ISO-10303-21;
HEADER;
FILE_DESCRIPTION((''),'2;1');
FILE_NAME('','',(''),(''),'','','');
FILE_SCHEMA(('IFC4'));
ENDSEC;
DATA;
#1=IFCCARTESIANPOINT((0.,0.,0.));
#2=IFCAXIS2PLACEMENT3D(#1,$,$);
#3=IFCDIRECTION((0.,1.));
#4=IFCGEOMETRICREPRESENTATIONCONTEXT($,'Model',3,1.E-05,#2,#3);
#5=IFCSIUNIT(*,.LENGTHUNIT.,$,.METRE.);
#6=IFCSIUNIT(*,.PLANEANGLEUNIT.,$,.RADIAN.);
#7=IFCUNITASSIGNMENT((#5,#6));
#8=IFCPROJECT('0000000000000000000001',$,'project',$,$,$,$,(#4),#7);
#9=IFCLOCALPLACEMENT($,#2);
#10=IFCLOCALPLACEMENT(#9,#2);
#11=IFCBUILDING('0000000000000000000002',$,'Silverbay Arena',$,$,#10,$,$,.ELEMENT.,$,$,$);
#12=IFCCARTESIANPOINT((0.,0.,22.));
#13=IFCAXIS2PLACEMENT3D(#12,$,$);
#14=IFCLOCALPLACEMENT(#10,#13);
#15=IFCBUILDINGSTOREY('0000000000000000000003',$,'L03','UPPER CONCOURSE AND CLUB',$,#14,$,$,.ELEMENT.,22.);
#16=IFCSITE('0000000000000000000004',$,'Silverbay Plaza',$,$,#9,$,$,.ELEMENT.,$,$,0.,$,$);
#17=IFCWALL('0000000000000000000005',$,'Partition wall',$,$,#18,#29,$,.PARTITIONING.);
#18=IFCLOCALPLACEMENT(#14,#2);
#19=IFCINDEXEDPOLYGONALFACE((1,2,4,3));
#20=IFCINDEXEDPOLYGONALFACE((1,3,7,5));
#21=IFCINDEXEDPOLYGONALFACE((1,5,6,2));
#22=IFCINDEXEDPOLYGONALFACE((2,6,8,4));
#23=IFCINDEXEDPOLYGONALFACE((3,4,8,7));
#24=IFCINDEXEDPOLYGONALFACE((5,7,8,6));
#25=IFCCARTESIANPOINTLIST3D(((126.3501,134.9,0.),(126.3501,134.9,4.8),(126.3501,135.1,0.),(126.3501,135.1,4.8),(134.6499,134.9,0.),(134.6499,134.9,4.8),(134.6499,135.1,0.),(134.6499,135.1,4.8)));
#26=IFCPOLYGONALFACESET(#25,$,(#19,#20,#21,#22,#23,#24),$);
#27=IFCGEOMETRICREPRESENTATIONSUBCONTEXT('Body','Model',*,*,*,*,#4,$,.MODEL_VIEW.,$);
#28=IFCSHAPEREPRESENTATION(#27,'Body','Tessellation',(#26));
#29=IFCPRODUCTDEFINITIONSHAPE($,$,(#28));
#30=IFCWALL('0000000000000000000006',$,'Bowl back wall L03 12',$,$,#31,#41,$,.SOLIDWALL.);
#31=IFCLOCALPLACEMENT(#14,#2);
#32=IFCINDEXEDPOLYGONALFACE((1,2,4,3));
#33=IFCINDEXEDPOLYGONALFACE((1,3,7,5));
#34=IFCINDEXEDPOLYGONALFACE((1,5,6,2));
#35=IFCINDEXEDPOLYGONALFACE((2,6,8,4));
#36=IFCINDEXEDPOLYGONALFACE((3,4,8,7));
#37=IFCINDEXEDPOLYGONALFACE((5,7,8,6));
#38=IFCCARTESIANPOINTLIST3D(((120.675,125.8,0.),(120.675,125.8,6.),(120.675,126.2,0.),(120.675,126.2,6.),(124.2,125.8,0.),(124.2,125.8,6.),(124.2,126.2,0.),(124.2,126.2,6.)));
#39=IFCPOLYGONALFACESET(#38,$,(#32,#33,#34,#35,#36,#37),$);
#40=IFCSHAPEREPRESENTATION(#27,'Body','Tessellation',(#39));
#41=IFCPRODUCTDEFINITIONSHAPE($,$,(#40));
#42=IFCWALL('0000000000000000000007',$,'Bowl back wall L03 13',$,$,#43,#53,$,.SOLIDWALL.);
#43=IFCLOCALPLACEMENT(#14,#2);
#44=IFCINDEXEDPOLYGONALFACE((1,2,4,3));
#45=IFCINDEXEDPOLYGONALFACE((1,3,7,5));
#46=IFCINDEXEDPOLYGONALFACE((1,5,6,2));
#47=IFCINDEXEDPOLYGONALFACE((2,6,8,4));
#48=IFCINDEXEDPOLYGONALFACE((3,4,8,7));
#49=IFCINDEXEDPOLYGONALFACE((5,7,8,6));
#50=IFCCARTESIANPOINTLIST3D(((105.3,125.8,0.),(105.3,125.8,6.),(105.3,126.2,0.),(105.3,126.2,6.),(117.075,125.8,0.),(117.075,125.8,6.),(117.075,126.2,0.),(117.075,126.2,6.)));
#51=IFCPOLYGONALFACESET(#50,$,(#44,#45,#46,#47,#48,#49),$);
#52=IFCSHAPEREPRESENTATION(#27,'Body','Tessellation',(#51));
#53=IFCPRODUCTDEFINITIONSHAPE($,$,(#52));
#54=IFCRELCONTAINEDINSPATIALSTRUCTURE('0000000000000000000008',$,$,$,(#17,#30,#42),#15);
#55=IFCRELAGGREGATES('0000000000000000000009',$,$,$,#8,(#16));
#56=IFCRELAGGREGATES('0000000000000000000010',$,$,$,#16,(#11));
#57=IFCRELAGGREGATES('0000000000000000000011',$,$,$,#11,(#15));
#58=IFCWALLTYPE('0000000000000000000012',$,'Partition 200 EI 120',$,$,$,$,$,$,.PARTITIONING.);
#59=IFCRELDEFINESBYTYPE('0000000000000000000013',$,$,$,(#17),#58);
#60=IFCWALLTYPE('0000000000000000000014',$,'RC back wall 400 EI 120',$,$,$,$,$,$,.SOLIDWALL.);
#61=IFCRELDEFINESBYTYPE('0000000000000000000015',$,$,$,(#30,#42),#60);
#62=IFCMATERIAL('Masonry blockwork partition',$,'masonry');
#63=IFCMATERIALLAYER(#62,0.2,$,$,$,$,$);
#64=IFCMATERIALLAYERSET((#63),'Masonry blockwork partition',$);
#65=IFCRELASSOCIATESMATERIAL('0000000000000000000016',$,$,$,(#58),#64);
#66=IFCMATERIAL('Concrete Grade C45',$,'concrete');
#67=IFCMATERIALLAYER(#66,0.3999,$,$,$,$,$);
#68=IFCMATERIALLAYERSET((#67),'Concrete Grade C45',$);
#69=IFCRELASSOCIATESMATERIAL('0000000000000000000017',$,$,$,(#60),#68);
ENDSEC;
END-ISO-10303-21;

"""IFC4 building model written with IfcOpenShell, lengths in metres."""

from ifc_helpers import new_model, si_unit, direction, frame, frame_2d, origin, place, context, subcontext, project, spatial, rectangle, extrude, material, layer, layer_set, type_object, element, save


model = new_model("IFC4")

# Units and contexts
model_context = context("Model", 3, precision=1e-05, world=origin(), true_north=direction((0.0, 1.0)))
body_context = subcontext(model_context, "Body", "Model", "MODEL_VIEW")
ifc_project = project(units=[si_unit("LENGTHUNIT", "METRE"), si_unit("PLANEANGLEUNIT", "RADIAN")], contexts=[model_context])

# Site, building, storey
site_placement = place(None, origin())
site = spatial("IfcSite", under=ifc_project, at=site_placement, Name="Silverbay Plaza", CompositionType="ELEMENT", RefElevation=0.0)
building_placement = place(site_placement, origin())
building = spatial("IfcBuilding", under=site, at=building_placement, Name="Silverbay Arena", CompositionType="ELEMENT")
storey_placement = place(building_placement, frame((0.0, 0.0, 22.0)))
storey = spatial("IfcBuildingStorey", under=building, at=storey_placement, Name="L03", Description="UPPER CONCOURSE AND CLUB", CompositionType="ELEMENT", Elevation=22.0)

# Walls
ifc_material_1 = material(Name="Masonry blockwork partition", Category="masonry")
ifc_layer_1 = layer(ifc_material_1, 0.2)
ifc_layer_set_1 = layer_set([ifc_layer_1], Name="Masonry blockwork partition")
wall_type_1 = type_object("IfcWallType", Name="Partition 200 EI 120", PredefinedType="PARTITIONING", material=ifc_layer_set_1)
wall_1_placement = place(storey_placement, frame((126.3501, 135.0, 0.0), z_axis=(0.0, 0.0, 1.0), x_axis=(1.0, 0.0, 0.0)))
element("IfcWall", 1, at=wall_1_placement, inside=storey, type_object=wall_type_1, Name="Partition wall", PredefinedType="PARTITIONING", context=body_context, shape_type="SweptSolid", body=[
    extrude(rectangle(XDim=8.2998, YDim=0.2, at=frame_2d((4.1499, 0.0))), origin(), (0.0, 0.0, 1.0), 4.8),
])
ifc_material_2 = material(Name="Concrete Grade C45", Category="concrete")
ifc_layer_2 = layer(ifc_material_2, 0.3999)
ifc_layer_set_2 = layer_set([ifc_layer_2], Name="Concrete Grade C45")
wall_type_2 = type_object("IfcWallType", Name="RC back wall 400 EI 120", PredefinedType="SOLIDWALL", material=ifc_layer_set_2)
wall_2_placement = place(storey_placement, frame((124.2, 126.0, 0.0), z_axis=(0.0, 0.0, 1.0), x_axis=(-1.0, 0.0, 0.0)))
element("IfcWall", 2, at=wall_2_placement, inside=storey, type_object=wall_type_2, Name="Bowl back wall L03 12", PredefinedType="SOLIDWALL", context=body_context, shape_type="SweptSolid", body=[
    extrude(rectangle(XDim=3.5249, YDim=0.3999, at=frame_2d((1.7625, 0.0))), origin(), (0.0, 0.0, 1.0), 6.0),
])
wall_3_placement = place(storey_placement, frame((117.075, 126.0, 0.0), z_axis=(0.0, 0.0, 1.0), x_axis=(-1.0, 0.0, 0.0)))
element("IfcWall", 3, at=wall_3_placement, inside=storey, type_object=wall_type_2, Name="Bowl back wall L03 13", PredefinedType="SOLIDWALL", context=body_context, shape_type="SweptSolid", body=[
    extrude(rectangle(XDim=11.7749, YDim=0.3999, at=frame_2d((5.8875, 0.0))), origin(), (0.0, 0.0, 1.0), 6.0),
])

save(model, "model.ifc")
